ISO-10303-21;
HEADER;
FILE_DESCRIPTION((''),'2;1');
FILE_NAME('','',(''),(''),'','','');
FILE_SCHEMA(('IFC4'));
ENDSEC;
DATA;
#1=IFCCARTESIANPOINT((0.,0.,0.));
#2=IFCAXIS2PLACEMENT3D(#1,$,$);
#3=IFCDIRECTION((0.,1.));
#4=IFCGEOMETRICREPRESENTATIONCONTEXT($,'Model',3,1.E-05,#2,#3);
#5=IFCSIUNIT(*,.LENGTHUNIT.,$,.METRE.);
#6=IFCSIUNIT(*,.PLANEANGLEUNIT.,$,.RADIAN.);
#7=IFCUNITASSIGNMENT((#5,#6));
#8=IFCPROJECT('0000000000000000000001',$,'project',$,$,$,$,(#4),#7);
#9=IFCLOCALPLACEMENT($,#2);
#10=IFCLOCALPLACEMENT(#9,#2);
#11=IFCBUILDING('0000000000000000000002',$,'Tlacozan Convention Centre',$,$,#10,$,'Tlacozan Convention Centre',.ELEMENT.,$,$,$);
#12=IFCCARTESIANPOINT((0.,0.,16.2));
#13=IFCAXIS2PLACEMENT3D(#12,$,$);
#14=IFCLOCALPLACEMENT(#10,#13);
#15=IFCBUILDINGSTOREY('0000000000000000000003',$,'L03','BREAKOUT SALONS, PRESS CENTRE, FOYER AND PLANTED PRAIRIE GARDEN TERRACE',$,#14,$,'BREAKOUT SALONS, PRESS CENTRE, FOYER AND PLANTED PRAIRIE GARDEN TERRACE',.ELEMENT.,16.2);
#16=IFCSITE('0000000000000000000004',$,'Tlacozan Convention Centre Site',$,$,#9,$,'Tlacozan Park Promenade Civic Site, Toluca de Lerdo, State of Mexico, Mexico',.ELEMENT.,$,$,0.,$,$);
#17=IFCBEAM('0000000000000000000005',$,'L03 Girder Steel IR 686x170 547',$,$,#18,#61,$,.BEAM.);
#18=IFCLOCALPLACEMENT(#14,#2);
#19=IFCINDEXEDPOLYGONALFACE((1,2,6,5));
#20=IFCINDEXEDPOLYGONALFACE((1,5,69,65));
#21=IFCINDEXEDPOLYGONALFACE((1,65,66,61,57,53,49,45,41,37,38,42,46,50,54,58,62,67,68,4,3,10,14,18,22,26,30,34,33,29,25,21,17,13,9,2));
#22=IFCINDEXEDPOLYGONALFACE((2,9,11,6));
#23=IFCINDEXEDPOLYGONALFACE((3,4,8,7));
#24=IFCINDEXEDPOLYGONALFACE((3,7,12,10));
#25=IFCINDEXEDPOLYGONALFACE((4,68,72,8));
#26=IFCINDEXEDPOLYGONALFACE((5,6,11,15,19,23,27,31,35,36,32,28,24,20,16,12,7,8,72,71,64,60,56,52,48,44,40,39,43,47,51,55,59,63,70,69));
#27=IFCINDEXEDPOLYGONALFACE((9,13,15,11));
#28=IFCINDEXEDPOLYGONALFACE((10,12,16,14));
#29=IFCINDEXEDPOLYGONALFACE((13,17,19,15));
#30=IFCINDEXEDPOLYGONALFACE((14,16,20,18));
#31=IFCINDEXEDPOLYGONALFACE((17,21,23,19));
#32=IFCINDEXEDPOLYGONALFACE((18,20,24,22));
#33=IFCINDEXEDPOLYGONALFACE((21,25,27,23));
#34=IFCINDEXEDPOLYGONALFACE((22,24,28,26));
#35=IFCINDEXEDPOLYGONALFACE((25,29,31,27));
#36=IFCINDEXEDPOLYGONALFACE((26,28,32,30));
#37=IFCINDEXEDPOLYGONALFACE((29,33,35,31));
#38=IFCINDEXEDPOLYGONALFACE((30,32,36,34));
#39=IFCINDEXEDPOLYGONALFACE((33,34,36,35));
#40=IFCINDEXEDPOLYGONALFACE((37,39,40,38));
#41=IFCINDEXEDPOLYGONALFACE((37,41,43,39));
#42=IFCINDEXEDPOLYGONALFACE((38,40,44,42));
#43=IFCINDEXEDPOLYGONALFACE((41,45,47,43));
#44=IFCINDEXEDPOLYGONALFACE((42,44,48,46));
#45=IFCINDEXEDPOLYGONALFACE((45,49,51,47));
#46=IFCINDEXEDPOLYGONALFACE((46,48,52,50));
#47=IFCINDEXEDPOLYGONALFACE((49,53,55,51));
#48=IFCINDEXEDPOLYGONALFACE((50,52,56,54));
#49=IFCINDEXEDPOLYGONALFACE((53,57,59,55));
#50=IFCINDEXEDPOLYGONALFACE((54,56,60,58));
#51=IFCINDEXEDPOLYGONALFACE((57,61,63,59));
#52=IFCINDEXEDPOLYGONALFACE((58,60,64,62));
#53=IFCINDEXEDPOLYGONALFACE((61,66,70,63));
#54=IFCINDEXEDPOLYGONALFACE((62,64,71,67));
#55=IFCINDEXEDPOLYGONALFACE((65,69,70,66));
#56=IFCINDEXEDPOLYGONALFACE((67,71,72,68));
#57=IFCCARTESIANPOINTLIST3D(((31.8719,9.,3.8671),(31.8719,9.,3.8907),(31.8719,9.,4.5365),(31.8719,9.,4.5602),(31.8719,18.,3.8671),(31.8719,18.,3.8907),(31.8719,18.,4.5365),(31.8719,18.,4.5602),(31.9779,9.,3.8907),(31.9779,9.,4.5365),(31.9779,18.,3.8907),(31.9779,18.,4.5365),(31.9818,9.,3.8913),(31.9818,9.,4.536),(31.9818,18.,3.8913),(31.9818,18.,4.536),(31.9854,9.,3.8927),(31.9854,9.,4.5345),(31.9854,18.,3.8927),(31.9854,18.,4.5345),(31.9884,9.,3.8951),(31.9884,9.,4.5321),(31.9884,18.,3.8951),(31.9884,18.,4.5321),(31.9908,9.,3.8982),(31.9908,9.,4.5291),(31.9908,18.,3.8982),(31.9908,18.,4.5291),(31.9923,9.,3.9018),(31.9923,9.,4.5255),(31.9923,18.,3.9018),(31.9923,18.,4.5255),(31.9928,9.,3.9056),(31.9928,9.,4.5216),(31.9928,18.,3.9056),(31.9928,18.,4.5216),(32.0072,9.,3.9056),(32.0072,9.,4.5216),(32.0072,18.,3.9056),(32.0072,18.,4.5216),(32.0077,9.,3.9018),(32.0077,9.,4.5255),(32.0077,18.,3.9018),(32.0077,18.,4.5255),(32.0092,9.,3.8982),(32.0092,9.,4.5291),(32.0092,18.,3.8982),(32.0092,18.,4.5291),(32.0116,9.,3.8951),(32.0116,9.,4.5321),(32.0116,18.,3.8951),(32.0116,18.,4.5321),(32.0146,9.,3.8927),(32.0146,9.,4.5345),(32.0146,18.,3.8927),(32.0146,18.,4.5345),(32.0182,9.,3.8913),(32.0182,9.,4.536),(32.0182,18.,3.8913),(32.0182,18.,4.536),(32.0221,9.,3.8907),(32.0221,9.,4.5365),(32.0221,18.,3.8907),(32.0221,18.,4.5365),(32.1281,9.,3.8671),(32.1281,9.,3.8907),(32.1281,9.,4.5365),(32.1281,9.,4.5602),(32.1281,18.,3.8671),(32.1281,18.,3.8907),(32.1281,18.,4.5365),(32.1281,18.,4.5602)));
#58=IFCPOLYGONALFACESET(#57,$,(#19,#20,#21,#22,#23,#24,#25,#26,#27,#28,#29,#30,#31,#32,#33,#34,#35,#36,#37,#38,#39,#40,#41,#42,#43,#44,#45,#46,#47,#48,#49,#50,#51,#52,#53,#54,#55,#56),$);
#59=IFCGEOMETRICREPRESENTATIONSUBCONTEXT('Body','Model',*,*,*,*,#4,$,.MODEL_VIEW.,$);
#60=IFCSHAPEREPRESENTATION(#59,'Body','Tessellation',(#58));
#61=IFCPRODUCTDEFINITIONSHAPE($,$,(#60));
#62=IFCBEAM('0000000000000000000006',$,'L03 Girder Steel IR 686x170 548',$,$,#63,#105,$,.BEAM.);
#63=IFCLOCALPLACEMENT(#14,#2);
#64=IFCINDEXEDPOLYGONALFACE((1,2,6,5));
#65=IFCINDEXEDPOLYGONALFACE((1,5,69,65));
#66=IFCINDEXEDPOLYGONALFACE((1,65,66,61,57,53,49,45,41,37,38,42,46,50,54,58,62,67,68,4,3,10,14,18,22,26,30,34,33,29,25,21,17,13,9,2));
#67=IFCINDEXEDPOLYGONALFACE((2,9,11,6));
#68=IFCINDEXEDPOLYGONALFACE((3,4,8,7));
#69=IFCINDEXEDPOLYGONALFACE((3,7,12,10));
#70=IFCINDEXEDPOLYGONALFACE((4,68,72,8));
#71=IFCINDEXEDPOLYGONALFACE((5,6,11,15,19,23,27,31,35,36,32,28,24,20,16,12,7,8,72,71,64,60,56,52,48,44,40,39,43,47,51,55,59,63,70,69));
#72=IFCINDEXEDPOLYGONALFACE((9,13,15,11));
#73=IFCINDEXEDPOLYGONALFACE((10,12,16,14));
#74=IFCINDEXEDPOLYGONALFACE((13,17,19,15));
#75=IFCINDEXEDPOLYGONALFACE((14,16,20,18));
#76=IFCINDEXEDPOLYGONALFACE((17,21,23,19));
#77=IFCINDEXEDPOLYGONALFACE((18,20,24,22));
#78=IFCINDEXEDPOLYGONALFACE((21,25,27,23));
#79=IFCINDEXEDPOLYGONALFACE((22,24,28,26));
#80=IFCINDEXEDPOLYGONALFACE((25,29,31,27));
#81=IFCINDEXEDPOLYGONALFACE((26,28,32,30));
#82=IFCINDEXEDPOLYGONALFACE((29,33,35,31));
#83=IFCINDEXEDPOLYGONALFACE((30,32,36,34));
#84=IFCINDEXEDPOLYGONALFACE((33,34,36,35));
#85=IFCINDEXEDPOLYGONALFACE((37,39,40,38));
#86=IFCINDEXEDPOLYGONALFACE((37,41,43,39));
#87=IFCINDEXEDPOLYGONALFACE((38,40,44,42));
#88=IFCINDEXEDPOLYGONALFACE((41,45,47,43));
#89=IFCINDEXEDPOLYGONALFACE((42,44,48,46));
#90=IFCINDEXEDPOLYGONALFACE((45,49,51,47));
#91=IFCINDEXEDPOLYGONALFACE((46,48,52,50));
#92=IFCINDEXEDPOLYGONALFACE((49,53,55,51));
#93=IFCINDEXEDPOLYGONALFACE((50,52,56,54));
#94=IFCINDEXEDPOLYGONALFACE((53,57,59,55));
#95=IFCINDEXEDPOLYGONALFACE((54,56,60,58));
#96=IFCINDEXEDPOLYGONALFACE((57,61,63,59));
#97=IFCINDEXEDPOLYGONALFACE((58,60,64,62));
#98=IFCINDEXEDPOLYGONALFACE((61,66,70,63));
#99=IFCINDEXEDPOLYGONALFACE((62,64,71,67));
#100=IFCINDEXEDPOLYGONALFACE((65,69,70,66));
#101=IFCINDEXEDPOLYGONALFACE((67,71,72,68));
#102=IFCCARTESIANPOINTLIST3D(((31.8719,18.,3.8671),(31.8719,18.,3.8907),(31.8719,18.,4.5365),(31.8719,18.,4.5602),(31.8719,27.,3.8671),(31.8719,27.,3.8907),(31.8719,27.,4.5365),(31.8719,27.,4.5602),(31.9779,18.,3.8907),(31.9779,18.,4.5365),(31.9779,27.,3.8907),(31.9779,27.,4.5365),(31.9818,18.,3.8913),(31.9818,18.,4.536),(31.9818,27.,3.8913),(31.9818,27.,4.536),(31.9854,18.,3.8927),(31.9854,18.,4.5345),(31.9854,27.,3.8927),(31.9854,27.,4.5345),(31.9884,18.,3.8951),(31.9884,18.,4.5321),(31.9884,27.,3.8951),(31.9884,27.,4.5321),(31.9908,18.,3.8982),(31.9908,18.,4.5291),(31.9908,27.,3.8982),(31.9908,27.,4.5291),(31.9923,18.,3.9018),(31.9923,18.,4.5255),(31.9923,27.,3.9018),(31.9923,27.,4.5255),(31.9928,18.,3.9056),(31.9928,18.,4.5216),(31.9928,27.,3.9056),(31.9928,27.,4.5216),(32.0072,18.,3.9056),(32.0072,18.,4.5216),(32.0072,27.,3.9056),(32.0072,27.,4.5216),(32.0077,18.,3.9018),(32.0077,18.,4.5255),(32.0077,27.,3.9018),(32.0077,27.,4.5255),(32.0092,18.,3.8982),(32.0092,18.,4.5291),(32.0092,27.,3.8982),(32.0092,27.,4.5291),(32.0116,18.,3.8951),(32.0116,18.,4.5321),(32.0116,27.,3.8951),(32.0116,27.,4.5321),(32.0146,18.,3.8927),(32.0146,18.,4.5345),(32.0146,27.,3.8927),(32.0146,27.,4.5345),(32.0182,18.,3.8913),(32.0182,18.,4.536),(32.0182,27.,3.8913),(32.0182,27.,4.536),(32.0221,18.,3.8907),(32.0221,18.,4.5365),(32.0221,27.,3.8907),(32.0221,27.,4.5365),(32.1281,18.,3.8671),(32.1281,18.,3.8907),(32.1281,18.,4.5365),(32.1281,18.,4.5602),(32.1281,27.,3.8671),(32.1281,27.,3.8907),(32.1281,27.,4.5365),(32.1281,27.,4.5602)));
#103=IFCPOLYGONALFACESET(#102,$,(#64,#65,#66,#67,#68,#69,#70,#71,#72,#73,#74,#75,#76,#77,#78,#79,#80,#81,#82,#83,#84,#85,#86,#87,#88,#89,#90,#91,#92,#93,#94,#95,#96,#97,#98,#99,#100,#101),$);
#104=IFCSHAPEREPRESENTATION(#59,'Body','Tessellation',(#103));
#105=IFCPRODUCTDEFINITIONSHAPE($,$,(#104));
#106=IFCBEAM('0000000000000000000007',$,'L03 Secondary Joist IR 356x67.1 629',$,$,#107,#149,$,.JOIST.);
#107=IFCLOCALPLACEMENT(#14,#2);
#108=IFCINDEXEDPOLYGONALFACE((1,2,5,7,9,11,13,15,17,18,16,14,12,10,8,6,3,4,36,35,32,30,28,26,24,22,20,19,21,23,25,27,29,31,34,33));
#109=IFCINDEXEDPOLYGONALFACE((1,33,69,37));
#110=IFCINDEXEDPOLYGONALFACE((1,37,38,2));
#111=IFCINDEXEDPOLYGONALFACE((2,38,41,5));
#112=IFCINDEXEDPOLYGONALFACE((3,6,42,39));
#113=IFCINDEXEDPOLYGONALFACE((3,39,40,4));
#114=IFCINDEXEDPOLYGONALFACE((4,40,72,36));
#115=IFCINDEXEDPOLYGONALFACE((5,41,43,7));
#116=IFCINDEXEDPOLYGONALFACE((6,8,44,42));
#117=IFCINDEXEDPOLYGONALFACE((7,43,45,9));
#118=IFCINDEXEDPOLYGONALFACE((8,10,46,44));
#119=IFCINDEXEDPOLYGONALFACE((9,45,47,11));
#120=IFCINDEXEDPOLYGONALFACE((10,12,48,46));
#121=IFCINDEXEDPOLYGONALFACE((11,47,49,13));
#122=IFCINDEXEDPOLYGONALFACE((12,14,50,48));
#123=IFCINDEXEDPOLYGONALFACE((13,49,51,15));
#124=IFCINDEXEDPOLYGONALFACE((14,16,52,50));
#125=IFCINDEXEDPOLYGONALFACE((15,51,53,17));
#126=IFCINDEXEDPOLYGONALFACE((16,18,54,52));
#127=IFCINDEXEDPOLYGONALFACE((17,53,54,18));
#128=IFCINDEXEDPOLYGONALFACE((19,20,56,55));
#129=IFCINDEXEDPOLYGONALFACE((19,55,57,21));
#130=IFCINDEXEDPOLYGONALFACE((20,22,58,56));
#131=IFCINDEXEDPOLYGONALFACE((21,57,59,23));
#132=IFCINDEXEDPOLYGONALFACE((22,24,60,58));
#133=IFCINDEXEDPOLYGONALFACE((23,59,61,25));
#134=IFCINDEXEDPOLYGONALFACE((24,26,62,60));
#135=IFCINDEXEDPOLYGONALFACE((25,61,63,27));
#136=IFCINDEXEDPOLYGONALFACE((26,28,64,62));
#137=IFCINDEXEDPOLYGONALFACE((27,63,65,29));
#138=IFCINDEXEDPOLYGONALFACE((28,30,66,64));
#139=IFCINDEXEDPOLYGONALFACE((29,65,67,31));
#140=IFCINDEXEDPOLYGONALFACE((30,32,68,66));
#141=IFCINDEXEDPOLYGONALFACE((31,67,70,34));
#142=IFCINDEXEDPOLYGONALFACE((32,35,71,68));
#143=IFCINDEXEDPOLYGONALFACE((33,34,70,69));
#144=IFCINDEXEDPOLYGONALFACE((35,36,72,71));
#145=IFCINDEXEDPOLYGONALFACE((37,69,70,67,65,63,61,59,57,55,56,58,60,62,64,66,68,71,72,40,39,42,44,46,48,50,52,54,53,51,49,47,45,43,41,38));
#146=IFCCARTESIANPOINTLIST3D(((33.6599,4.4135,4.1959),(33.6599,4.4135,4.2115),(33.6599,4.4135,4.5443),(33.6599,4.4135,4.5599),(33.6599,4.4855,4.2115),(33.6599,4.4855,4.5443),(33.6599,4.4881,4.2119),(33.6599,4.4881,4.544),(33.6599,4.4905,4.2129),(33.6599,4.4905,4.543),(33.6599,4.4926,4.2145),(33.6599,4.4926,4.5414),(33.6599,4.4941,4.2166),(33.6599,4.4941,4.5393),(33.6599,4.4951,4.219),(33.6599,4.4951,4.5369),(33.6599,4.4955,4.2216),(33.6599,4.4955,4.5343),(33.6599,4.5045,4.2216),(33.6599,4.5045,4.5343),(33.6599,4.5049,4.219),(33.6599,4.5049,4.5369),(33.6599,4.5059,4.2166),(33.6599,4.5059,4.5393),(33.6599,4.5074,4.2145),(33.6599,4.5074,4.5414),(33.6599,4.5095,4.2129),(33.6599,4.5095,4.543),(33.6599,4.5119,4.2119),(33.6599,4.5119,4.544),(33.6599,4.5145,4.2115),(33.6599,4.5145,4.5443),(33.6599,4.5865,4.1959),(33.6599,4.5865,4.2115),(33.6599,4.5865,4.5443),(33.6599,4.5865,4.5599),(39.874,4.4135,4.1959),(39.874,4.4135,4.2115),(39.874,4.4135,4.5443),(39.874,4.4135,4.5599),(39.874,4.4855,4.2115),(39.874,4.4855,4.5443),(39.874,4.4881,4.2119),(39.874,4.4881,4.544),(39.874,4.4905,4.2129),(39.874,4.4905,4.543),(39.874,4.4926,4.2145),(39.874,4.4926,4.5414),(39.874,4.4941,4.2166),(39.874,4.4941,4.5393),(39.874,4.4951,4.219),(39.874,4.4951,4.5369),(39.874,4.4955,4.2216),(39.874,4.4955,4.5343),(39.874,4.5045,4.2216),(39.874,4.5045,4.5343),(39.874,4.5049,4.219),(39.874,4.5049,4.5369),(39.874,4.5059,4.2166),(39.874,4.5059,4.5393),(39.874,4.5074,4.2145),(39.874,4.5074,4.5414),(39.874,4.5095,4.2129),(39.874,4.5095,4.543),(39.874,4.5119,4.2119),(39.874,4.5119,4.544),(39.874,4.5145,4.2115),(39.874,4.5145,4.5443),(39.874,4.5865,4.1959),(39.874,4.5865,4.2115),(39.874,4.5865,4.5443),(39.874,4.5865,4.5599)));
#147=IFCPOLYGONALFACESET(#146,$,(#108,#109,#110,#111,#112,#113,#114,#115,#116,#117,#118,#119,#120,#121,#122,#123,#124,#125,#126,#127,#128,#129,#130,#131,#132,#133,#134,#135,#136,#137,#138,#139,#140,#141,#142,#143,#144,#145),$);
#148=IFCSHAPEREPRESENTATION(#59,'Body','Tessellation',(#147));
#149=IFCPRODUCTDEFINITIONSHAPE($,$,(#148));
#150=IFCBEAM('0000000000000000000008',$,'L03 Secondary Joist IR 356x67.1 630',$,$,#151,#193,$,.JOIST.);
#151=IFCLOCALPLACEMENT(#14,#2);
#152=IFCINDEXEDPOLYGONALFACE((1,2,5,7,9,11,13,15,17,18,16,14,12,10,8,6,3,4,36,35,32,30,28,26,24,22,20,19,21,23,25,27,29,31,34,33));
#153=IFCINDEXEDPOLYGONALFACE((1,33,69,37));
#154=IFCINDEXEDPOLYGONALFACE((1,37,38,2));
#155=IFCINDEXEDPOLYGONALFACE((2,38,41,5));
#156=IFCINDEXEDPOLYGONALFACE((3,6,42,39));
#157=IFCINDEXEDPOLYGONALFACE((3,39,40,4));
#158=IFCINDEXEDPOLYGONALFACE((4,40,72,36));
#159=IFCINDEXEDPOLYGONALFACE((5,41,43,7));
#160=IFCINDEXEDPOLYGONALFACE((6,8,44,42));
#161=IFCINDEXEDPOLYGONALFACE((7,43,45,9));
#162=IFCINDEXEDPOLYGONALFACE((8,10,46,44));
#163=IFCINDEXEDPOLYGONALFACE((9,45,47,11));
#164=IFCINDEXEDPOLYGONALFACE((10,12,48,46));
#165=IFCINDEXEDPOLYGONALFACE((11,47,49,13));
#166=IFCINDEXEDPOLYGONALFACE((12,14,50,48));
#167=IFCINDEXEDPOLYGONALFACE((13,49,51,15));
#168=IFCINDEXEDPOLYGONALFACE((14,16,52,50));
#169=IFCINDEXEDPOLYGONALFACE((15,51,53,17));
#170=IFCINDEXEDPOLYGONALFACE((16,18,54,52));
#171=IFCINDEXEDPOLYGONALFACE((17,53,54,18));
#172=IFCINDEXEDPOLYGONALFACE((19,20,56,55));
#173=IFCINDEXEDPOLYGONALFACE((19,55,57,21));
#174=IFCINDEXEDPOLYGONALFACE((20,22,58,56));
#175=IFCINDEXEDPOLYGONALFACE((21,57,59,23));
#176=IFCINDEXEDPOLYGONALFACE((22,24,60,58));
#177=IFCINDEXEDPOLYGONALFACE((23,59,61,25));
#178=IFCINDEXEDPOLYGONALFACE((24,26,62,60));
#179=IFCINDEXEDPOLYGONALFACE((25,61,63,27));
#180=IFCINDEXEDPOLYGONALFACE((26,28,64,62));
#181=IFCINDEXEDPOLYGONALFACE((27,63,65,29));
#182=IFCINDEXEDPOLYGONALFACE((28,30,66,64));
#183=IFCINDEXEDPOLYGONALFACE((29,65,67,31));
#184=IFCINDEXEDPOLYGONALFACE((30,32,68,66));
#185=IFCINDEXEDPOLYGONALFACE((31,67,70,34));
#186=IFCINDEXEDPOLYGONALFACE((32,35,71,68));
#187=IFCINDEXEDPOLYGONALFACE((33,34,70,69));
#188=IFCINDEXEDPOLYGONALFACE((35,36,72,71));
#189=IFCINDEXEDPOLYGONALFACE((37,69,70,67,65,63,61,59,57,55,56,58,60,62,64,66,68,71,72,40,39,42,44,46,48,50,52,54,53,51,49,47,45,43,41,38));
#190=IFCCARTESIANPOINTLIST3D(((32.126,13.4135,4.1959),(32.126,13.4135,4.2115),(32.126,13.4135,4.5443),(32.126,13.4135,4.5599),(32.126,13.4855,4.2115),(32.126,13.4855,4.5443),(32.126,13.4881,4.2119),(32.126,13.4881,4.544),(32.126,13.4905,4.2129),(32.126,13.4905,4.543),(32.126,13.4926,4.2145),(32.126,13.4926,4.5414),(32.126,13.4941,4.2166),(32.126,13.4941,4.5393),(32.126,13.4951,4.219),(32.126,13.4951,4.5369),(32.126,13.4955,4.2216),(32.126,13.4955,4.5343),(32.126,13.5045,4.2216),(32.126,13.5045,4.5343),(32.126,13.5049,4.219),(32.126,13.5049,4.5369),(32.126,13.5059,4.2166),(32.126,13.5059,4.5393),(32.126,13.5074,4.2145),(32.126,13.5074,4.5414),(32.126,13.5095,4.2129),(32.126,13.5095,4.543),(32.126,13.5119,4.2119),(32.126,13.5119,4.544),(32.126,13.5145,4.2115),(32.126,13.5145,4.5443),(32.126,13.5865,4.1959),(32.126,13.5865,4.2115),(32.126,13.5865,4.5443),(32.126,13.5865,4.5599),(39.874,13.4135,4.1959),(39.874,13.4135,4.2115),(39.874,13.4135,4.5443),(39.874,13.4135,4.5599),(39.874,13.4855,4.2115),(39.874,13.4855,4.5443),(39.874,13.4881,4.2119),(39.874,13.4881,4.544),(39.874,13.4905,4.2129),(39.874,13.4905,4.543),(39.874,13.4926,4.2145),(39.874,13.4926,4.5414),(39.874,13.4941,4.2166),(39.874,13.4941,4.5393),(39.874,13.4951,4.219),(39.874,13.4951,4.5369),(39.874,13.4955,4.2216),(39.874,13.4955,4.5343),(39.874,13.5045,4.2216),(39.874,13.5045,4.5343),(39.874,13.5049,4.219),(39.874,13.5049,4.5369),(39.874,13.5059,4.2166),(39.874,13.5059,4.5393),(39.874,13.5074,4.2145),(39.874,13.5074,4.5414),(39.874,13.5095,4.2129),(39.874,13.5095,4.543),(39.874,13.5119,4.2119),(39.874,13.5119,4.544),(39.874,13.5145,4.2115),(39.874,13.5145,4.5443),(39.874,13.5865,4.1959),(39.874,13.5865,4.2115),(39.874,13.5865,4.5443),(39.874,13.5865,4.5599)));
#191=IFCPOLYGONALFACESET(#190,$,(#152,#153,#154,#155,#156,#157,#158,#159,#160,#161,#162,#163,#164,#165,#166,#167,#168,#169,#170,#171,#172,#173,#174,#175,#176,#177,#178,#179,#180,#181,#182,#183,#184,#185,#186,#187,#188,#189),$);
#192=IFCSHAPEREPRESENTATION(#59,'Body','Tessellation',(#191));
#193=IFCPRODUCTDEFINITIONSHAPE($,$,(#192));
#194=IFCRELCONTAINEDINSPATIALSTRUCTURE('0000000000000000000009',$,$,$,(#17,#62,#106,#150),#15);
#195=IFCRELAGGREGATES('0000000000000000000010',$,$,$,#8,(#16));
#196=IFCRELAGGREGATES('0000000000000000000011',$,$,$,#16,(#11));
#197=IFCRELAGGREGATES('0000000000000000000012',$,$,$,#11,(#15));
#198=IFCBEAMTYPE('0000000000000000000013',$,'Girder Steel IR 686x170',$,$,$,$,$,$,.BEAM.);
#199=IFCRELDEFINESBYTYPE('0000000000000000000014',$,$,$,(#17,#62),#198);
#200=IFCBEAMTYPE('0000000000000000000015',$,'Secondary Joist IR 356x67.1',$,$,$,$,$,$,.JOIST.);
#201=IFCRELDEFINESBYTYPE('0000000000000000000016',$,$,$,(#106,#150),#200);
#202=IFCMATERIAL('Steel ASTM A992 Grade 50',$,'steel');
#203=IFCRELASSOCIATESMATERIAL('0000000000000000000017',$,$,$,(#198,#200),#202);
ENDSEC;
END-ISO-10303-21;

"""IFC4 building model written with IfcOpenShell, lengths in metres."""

from ifc_helpers import new_model, si_unit, direction, frame, origin, origin_2d, place, context, subcontext, project, spatial, i_section, extrude, material, material_profile, profile_set, type_object, element, save


model = new_model("IFC4")

# Units and contexts
model_context = context("Model", 3, precision=1e-05, world=origin(), true_north=direction((0.0, 1.0)))
body_context = subcontext(model_context, "Body", "Model", "MODEL_VIEW")
ifc_project = project(units=[si_unit("LENGTHUNIT", "METRE"), si_unit("PLANEANGLEUNIT", "RADIAN")], contexts=[model_context])

# Site, building, storey
site_placement = place(None, origin())
site = spatial("IfcSite", under=ifc_project, at=site_placement, Name="Tlacozan Convention Centre Site", LongName="Tlacozan Park Promenade Civic Site, Toluca de Lerdo, State of Mexico, Mexico", CompositionType="ELEMENT", RefElevation=0.0)
building_placement = place(site_placement, origin())
building = spatial("IfcBuilding", under=site, at=building_placement, Name="Tlacozan Convention Centre", LongName="Tlacozan Convention Centre", CompositionType="ELEMENT")
storey_placement = place(building_placement, frame((0.0, 0.0, 16.2)))
storey = spatial("IfcBuildingStorey", under=building, at=storey_placement, Name="L03", Description="BREAKOUT SALONS, PRESS CENTRE, FOYER AND PLANTED PRAIRIE GARDEN TERRACE", LongName="BREAKOUT SALONS, PRESS CENTRE, FOYER AND PLANTED PRAIRIE GARDEN TERRACE", CompositionType="ELEMENT", Elevation=16.2)

# Beams
ifc_material_1 = material(Name="Steel ASTM A992 Grade 50", Category="steel")
ifc_material_profile_1 = material_profile(ifc_material_1, i_section(OverallWidth=0.2561, OverallDepth=0.6931, WebThickness=0.0144, FlangeThickness=0.0237, FilletRadius=0.0149, at=origin_2d()), Name="IR 686x170.0")
ifc_profile_set_1 = profile_set([ifc_material_profile_1], Name="Steel ASTM A992 Grade 50")
beam_type_1 = type_object("IfcBeamType", Name="Girder Steel IR 686x170", PredefinedType="BEAM", material=ifc_profile_set_1)
for number, where, z_axis, x_axis, name in (
    (1, (32.0, 9.0, 4.2136), (0.0, 1.0, 0.0), (-1.0, 0.0, 0.0), "L03 Girder Steel IR 686x170 547"),
    (2, (32.0, 18.0, 4.2136), (0.0, 1.0, 0.0), (-1.0, 0.0, 0.0), "L03 Girder Steel IR 686x170 548"),
):
    element("IfcBeam", number, at=place(storey_placement, frame(where, z_axis=z_axis, x_axis=x_axis)), inside=storey, type_object=beam_type_1, Name=name, PredefinedType="BEAM", context=body_context, shape_type="SweptSolid", body=[
        extrude(i_section(OverallWidth=0.2561, OverallDepth=0.6931, WebThickness=0.0144, FlangeThickness=0.0237, FilletRadius=0.0149, at=origin_2d()), origin(), (0.0, 0.0, 1.0), 9.0),
    ])
ifc_material_profile_2 = material_profile(ifc_material_1, i_section(OverallWidth=0.1731, OverallDepth=0.364, WebThickness=0.009, FlangeThickness=0.0156, FilletRadius=0.01, at=origin_2d()), Name="IR 356x67.1")
ifc_profile_set_2 = profile_set([ifc_material_profile_2], Name="Steel ASTM A992 Grade 50")
beam_type_2 = type_object("IfcBeamType", Name="Secondary Joist IR 356x67.1", PredefinedType="JOIST", material=ifc_profile_set_2)
beam_1_placement = place(storey_placement, frame((33.6599, 4.5, 4.3779), z_axis=(1.0, 0.0, 0.0), x_axis=(0.0, 1.0, 0.0)))
element("IfcBeam", 3, at=beam_1_placement, inside=storey, type_object=beam_type_2, Name="L03 Secondary Joist IR 356x67.1 629", PredefinedType="JOIST", context=body_context, shape_type="SweptSolid", body=[
    extrude(i_section(OverallWidth=0.1731, OverallDepth=0.364, WebThickness=0.009, FlangeThickness=0.0156, FilletRadius=0.01, at=origin_2d()), origin(), (0.0, 0.0, 1.0), 6.2141),
])
beam_2_placement = place(storey_placement, frame((32.126, 13.5, 4.3779), z_axis=(1.0, 0.0, 0.0), x_axis=(0.0, 1.0, 0.0)))
element("IfcBeam", 4, at=beam_2_placement, inside=storey, type_object=beam_type_2, Name="L03 Secondary Joist IR 356x67.1 630", PredefinedType="JOIST", context=body_context, shape_type="SweptSolid", body=[
    extrude(i_section(OverallWidth=0.1731, OverallDepth=0.364, WebThickness=0.009, FlangeThickness=0.0156, FilletRadius=0.01, at=origin_2d()), origin(), (0.0, 0.0, 1.0), 7.748),
])

save(model, "model.ifc")
